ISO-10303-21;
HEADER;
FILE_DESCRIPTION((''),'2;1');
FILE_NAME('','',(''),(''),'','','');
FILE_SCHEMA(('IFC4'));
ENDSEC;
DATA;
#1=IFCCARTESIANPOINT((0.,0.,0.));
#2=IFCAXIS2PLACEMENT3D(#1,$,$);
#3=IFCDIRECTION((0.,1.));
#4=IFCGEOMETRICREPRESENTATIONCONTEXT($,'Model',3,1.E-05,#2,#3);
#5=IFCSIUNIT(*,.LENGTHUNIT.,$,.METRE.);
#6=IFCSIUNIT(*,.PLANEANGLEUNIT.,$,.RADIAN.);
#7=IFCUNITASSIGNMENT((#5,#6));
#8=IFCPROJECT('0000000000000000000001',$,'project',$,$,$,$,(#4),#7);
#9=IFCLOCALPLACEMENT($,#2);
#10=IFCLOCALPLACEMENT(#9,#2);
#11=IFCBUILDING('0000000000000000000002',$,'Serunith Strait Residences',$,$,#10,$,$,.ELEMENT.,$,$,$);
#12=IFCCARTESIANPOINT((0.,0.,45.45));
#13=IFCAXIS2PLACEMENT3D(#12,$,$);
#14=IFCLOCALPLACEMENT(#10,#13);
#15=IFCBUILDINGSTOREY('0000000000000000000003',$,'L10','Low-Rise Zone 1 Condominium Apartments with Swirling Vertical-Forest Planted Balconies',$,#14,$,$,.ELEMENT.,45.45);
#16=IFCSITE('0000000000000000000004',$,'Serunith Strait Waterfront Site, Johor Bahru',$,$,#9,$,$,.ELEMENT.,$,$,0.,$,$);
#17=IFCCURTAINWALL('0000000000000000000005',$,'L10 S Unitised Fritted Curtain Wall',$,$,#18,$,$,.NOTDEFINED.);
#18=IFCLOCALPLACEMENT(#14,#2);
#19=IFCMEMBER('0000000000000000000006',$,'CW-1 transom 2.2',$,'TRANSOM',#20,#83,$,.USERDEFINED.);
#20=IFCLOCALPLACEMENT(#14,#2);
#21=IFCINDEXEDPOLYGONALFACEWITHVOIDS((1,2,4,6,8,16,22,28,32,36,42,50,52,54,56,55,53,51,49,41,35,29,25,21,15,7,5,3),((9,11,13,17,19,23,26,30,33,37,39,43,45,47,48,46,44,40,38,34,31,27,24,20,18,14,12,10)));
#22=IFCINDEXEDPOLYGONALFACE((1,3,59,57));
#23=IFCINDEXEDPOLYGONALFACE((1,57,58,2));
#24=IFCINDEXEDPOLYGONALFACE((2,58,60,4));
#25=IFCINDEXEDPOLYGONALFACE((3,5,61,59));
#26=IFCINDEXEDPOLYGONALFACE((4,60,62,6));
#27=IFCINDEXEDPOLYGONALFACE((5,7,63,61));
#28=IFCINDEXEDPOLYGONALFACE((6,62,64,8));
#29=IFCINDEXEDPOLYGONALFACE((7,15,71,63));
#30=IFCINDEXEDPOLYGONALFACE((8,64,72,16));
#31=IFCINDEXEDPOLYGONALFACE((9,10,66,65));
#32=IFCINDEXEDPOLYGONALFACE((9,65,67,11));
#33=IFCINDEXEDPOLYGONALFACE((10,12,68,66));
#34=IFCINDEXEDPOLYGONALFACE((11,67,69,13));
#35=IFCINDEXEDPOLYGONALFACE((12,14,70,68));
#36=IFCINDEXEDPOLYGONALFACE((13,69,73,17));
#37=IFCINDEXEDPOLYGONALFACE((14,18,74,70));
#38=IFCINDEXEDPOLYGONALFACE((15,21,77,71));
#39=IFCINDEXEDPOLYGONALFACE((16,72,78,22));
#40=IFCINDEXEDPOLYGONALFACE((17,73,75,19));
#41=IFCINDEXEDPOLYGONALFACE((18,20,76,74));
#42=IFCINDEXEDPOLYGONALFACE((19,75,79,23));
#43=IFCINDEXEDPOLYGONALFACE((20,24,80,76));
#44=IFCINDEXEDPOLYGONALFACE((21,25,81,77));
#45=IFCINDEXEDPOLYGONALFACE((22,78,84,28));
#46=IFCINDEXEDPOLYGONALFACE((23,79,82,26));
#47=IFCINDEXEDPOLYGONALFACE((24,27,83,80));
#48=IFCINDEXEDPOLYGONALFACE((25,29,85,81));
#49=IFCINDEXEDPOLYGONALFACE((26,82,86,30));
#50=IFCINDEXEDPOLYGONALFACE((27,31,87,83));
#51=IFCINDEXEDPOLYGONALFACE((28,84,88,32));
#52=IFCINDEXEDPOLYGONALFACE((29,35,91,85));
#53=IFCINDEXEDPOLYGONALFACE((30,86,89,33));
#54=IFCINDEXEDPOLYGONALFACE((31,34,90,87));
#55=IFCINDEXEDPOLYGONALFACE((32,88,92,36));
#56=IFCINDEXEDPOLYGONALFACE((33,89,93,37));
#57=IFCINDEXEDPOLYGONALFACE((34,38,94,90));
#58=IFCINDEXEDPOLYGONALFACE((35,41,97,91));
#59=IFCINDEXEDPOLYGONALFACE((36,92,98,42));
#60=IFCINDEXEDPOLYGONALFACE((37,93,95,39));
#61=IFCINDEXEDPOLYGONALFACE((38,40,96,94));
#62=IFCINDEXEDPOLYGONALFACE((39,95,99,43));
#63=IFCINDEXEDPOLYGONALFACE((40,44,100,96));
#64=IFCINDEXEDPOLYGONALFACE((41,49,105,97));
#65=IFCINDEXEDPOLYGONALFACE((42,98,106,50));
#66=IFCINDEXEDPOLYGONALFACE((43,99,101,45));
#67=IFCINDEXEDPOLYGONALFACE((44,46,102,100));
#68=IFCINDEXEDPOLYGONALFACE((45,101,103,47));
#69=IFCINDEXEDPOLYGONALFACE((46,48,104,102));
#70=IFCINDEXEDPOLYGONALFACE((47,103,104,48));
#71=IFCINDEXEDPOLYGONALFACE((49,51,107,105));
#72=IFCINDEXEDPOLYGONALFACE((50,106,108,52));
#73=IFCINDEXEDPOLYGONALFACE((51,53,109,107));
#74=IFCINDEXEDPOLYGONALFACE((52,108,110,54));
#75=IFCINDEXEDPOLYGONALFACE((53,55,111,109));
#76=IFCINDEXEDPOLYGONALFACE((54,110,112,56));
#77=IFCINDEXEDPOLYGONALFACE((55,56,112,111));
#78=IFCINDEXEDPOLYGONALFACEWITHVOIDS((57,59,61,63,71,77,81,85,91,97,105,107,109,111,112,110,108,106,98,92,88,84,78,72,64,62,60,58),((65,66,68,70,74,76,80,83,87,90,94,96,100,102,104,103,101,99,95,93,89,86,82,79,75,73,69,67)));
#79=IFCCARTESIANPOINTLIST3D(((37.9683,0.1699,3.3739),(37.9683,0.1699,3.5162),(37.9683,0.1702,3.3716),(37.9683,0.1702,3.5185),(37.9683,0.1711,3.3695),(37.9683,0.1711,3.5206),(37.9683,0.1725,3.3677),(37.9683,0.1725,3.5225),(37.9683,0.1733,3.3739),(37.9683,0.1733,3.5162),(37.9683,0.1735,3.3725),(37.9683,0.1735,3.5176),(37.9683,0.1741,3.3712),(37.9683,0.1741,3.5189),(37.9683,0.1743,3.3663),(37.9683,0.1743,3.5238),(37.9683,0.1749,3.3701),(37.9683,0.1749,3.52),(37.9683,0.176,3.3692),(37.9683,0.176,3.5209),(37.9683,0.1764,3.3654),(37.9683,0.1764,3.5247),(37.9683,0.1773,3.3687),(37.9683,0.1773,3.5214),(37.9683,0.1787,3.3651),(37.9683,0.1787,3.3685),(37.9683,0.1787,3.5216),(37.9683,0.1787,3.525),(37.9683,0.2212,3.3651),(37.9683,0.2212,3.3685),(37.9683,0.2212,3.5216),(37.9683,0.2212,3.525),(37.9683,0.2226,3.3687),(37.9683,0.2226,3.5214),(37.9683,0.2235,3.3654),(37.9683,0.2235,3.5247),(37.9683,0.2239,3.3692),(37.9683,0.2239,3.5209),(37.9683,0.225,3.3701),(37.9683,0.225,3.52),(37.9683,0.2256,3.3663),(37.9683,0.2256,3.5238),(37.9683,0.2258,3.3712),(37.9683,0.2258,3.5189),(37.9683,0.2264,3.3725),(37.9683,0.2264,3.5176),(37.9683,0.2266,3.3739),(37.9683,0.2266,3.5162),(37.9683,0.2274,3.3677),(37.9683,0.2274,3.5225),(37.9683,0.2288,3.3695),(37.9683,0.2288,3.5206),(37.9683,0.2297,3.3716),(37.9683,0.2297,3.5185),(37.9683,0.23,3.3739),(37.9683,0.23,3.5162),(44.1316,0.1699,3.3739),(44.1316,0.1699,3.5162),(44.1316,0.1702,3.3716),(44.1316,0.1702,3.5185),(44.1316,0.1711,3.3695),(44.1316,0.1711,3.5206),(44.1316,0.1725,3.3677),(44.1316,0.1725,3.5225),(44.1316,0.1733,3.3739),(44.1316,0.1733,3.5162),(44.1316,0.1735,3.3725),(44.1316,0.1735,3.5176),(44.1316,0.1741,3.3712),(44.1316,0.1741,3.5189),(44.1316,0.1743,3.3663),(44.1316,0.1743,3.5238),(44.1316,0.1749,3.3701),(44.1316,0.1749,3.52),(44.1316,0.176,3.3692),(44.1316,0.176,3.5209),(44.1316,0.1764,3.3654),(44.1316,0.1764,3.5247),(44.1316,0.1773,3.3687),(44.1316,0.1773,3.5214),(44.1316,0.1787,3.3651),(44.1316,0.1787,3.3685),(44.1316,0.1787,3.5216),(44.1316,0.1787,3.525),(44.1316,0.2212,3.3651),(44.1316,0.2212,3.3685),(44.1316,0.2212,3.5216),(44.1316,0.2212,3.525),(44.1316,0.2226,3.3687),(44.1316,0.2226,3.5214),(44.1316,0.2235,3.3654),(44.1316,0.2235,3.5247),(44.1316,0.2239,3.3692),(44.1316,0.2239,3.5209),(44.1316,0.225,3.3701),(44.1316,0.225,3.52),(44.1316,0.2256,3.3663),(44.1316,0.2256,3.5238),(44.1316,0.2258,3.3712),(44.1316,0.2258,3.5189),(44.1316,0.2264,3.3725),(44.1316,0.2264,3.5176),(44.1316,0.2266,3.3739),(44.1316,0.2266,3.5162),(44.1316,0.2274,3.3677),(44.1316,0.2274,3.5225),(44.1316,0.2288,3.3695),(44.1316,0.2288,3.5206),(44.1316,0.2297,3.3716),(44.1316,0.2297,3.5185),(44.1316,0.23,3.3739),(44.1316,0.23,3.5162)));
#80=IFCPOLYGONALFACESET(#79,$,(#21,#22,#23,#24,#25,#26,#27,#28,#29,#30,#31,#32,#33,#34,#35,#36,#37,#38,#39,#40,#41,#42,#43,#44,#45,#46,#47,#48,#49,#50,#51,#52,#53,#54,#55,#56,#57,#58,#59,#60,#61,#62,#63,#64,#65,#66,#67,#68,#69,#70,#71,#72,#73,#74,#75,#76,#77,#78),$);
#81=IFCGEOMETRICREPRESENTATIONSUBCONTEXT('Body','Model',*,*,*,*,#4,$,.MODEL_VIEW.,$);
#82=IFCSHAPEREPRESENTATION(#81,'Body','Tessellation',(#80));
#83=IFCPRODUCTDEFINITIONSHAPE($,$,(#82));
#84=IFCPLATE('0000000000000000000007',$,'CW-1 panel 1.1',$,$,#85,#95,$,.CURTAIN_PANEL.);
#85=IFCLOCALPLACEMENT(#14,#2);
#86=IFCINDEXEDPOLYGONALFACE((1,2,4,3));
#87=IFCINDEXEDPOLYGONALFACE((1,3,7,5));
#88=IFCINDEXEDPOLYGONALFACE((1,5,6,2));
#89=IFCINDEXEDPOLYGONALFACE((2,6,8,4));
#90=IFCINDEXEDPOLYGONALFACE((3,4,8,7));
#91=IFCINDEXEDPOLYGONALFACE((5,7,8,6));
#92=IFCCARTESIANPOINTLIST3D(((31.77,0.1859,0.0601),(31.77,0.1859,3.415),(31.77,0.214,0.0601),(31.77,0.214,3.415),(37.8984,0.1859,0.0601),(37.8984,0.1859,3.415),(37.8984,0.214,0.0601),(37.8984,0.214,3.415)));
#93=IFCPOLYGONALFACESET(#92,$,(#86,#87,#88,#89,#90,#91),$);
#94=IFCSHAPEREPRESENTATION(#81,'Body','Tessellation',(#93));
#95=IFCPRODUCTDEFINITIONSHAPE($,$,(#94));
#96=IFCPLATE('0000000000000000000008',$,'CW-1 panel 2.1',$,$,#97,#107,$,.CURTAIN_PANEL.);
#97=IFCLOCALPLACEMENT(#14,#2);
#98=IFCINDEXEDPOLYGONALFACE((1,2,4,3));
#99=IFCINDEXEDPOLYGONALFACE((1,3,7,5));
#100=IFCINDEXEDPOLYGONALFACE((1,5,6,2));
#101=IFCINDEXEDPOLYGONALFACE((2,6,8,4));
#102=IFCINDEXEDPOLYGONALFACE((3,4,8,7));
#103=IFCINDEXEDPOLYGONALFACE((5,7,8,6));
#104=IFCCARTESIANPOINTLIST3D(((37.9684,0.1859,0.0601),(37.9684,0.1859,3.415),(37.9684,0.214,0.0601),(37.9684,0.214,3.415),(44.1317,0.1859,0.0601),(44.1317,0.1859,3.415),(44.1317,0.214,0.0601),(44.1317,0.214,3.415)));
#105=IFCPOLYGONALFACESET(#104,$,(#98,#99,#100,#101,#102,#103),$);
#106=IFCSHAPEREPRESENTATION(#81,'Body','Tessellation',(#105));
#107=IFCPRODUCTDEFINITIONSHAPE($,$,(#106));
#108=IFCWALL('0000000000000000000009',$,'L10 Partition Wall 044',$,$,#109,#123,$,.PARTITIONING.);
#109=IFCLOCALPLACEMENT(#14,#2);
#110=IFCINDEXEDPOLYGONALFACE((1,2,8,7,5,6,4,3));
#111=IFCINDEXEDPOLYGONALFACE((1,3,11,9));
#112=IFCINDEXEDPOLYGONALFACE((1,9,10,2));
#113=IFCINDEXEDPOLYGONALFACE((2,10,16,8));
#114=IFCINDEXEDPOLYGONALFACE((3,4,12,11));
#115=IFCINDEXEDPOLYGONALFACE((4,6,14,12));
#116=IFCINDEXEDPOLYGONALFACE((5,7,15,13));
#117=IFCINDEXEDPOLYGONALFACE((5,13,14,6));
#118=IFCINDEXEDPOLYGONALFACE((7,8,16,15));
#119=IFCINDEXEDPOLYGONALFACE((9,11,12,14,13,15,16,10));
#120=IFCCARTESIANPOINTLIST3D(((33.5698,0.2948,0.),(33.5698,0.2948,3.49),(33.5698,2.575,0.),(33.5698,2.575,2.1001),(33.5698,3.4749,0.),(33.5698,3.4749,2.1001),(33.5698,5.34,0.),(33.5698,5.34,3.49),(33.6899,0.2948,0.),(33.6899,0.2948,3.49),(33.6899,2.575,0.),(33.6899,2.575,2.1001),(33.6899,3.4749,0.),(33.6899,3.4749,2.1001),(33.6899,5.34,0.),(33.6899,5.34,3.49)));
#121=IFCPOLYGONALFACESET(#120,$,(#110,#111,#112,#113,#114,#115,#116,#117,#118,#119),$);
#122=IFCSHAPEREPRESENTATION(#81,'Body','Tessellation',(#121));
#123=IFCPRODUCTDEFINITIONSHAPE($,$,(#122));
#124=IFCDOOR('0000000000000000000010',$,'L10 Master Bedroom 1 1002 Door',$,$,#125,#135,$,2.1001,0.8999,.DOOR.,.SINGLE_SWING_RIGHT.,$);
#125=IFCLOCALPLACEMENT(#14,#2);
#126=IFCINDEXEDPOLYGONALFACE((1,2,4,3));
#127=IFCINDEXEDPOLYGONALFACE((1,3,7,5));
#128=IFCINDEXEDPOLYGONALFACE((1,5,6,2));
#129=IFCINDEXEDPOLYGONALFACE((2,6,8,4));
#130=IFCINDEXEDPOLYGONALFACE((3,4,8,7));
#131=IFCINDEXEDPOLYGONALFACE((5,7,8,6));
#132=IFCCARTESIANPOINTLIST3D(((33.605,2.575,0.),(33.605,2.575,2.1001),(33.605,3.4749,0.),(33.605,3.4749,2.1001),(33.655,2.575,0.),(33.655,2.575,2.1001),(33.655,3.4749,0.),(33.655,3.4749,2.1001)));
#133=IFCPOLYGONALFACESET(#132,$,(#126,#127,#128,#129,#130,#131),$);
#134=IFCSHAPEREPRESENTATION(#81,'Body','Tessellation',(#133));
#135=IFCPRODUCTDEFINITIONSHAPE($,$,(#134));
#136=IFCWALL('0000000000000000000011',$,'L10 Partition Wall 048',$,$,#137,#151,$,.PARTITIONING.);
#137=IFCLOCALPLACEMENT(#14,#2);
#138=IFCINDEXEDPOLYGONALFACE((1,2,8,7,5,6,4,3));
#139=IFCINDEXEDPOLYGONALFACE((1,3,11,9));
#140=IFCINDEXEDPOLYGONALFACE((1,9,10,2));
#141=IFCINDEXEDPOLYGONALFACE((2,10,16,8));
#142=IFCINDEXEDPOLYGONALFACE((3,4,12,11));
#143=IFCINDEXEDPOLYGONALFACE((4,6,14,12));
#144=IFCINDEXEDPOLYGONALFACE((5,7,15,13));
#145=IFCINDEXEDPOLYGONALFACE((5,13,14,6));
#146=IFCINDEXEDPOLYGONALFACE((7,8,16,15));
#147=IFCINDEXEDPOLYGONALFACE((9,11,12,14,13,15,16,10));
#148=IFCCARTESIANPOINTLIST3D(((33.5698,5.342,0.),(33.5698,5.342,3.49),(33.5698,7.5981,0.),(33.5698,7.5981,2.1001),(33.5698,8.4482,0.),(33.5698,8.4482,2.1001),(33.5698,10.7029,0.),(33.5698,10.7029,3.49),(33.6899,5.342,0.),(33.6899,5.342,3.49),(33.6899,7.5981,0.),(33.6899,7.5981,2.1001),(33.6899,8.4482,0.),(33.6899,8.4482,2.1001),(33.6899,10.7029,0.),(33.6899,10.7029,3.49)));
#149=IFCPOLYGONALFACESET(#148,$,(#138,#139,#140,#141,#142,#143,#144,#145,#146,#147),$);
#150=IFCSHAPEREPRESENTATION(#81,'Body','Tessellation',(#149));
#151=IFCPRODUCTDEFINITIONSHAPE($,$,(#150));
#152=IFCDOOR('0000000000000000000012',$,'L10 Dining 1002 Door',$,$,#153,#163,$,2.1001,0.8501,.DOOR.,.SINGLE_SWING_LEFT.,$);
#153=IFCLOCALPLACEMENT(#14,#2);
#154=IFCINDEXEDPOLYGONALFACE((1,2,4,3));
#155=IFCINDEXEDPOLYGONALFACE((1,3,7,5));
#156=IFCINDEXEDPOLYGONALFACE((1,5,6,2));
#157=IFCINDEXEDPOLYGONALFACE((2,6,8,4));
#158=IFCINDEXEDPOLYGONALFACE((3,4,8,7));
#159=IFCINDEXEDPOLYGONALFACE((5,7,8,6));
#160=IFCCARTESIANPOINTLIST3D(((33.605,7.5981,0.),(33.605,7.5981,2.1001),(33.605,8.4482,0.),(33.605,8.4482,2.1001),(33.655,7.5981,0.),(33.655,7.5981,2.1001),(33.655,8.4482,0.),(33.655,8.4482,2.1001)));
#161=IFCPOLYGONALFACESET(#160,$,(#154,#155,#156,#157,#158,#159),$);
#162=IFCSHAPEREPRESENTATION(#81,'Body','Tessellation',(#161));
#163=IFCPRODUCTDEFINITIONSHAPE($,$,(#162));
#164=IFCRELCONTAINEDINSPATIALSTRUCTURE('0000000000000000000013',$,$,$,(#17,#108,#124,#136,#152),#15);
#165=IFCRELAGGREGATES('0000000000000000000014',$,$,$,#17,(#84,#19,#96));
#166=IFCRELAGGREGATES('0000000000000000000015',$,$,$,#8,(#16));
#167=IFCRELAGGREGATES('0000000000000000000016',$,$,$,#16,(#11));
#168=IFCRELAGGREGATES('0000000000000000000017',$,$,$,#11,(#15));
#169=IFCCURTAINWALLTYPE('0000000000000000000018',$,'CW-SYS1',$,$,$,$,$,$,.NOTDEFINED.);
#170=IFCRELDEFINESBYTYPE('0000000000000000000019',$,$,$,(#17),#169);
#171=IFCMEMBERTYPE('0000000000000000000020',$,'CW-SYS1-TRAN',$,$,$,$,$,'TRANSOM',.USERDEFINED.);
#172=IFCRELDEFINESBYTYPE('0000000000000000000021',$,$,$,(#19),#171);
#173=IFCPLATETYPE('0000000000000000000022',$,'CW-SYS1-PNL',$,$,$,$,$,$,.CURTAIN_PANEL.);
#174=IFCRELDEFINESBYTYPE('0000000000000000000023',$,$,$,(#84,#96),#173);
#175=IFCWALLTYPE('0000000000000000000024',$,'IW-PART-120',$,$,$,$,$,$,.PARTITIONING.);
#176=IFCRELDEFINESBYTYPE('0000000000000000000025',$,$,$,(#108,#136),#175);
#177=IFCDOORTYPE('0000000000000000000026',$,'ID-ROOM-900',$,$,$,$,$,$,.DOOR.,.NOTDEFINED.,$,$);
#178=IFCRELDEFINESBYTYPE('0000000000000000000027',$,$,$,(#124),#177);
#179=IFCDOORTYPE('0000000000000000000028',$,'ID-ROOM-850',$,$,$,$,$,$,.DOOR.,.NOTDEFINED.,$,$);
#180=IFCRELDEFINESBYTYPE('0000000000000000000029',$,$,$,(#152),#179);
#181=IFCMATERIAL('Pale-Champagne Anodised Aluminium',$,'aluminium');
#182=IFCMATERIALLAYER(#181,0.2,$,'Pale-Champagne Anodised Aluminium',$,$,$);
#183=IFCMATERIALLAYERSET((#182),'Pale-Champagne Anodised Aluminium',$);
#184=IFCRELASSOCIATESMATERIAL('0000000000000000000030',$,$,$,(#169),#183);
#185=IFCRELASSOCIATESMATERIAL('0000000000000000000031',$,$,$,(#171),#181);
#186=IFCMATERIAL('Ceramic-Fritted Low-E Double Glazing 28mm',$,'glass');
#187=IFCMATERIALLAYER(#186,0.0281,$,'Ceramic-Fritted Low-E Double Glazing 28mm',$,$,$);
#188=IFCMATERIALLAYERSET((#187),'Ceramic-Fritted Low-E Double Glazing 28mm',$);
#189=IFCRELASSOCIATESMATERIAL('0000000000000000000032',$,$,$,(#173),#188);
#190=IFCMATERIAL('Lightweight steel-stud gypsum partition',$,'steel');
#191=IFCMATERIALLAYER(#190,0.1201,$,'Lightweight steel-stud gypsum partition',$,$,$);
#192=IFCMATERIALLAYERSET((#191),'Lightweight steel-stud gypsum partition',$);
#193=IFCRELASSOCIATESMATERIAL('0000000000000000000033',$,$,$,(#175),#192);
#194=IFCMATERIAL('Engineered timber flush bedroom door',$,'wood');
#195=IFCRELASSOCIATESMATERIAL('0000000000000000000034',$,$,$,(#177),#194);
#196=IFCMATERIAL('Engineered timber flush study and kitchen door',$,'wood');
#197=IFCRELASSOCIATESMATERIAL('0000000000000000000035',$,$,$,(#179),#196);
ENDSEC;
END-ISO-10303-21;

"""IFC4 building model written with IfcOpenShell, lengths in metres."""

from ifc_helpers import new_model, si_unit, direction, frame, frame_2d, origin, origin_2d, place, context, subcontext, project, spatial, rectangle, hollow_rectangle, extrude, source, transform, mapped, material, layer, layer_set, material_profile, profile_set, type_object, element, fill, aggregate, save


model = new_model("IFC4")

# Units and contexts
model_context = context("Model", 3, precision=1e-05, world=origin(), true_north=direction((0.0, 1.0)))
body_context = subcontext(model_context, "Body", "Model", "MODEL_VIEW")
ifc_project = project(units=[si_unit("LENGTHUNIT", "METRE"), si_unit("PLANEANGLEUNIT", "RADIAN")], contexts=[model_context])

# Site, building, storey
site_placement = place(None, origin())
site = spatial("IfcSite", under=ifc_project, at=site_placement, Name="Serunith Strait Waterfront Site, Johor Bahru", CompositionType="ELEMENT", RefElevation=0.0)
building_placement = place(site_placement, origin())
building = spatial("IfcBuilding", under=site, at=building_placement, Name="Serunith Strait Residences", CompositionType="ELEMENT")
storey_placement = place(building_placement, frame((0.0, 0.0, 45.45)))
storey = spatial("IfcBuildingStorey", under=building, at=storey_placement, Name="L10", Description="Low-Rise Zone 1 Condominium Apartments with Swirling Vertical-Forest Planted Balconies", CompositionType="ELEMENT", Elevation=45.45)

# Curtain wall, member, plates
ifc_material_1 = material(Name="Pale-Champagne Anodised Aluminium", Category="aluminium")
ifc_layer_1 = layer(ifc_material_1, 0.2, Name="Pale-Champagne Anodised Aluminium")
ifc_layer_set_1 = layer_set([ifc_layer_1], Name="Pale-Champagne Anodised Aluminium")
curtain_wall_type = type_object("IfcCurtainWallType", Name="CW-SYS1", PredefinedType="NOTDEFINED", material=ifc_layer_set_1)
curtain_wall_placement = place(storey_placement, origin())
curtain_wall = element("IfcCurtainWall", 1, at=curtain_wall_placement, inside=storey, type_object=curtain_wall_type, Name="L10 S Unitised Fritted Curtain Wall", PredefinedType="NOTDEFINED")
ifc_material_profile_1 = material_profile(ifc_material_1, hollow_rectangle(XDim=0.0601, YDim=0.1599, WallThickness=0.0034, InnerFilletRadius=0.0054, OuterFilletRadius=0.0088, at=origin_2d()), Name="ALU 160x60x3.5")
ifc_profile_set_1 = profile_set([ifc_material_profile_1], Name="Pale-Champagne Anodised Aluminium")
member_type_1 = type_object("IfcMemberType", Name="CW-SYS1-TRAN", ElementType="TRANSOM", PredefinedType="USERDEFINED", material=ifc_profile_set_1)
shared_shape_1 = source(origin(), body_context, "Body", "SweptSolid", [
    extrude(hollow_rectangle(XDim=0.0601, YDim=0.1599, WallThickness=0.0034, InnerFilletRadius=0.0054, OuterFilletRadius=0.0088, at=origin_2d()), origin(), (0.0, 0.0, 1.0), 6.1633),
])
member_1_placement = place(storey_placement, frame((37.9683, 0.2, 3.4451), z_axis=(1.0, 0.0, 0.0), x_axis=(0.0, 1.0, 0.0)))
member_1 = element("IfcMember", 2, at=member_1_placement, type_object=member_type_1, Name="CW-1 transom 2.2", ObjectType="TRANSOM", PredefinedType="USERDEFINED", context=body_context, shape_type="MappedRepresentation", body=[
    mapped(shared_shape_1, transform((0.0, 0.0, 0.0), scale=1.0)),
])
ifc_material_2 = material(Name="Ceramic-Fritted Low-E Double Glazing 28mm", Category="glass")
ifc_layer_2 = layer(ifc_material_2, 0.0281, Name="Ceramic-Fritted Low-E Double Glazing 28mm")
ifc_layer_set_2 = layer_set([ifc_layer_2], Name="Ceramic-Fritted Low-E Double Glazing 28mm")
plate_type = type_object("IfcPlateType", Name="CW-SYS1-PNL", PredefinedType="CURTAIN_PANEL", material=ifc_layer_set_2)
shared_shape_2 = source(origin(), body_context, "Body", "SweptSolid", [
    extrude(rectangle(XDim=6.1284, YDim=0.0281, at=origin_2d()), origin(), (0.0, 0.0, 1.0), 3.355),
])
plate_1_placement = place(storey_placement, frame((34.8342, 0.2, 0.0601), z_axis=(0.0, 0.0, 1.0), x_axis=(1.0, 0.0, 0.0)))
plate_1 = element("IfcPlate", 3, at=plate_1_placement, type_object=plate_type, Name="CW-1 panel 1.1", PredefinedType="CURTAIN_PANEL", context=body_context, shape_type="MappedRepresentation", body=[
    mapped(shared_shape_2, transform((0.0, 0.0, 0.0), scale=1.0)),
])
shared_shape_3 = source(origin(), body_context, "Body", "SweptSolid", [
    extrude(rectangle(XDim=6.1633, YDim=0.0281, at=origin_2d()), origin(), (0.0, 0.0, 1.0), 3.355),
])
plate_2_placement = place(storey_placement, frame((41.05, 0.2, 0.0601), z_axis=(0.0, 0.0, 1.0), x_axis=(1.0, 0.0, 0.0)))
plate_2 = element("IfcPlate", 4, at=plate_2_placement, type_object=plate_type, Name="CW-1 panel 2.1", PredefinedType="CURTAIN_PANEL", context=body_context, shape_type="MappedRepresentation", body=[
    mapped(shared_shape_3, transform((0.0, 0.0, 0.0), scale=1.0)),
])
aggregate(curtain_wall, [plate_1, member_1, plate_2])

# Walls, openings, doors
ifc_material_3 = material(Name="Lightweight steel-stud gypsum partition", Category="steel")
ifc_layer_3 = layer(ifc_material_3, 0.1201, Name="Lightweight steel-stud gypsum partition")
ifc_layer_set_3 = layer_set([ifc_layer_3], Name="Lightweight steel-stud gypsum partition")
wall_type_1 = type_object("IfcWallType", Name="IW-PART-120", PredefinedType="PARTITIONING", material=ifc_layer_set_3)
wall_1_placement = place(storey_placement, frame((33.6299, 0.2949, 0.0), z_axis=(0.0, 0.0, 1.0), x_axis=(0.0, 1.0, 0.0)))
wall_1 = element("IfcWall", 5, at=wall_1_placement, inside=storey, type_object=wall_type_1, Name="L10 Partition Wall 044", PredefinedType="PARTITIONING", context=body_context, shape_type="SweptSolid", body=[
    extrude(rectangle(XDim=5.0452, YDim=0.1201, at=frame_2d((2.5225, 0.0))), origin(), (0.0, 0.0, 1.0), 3.49),
])
opening_1_placement = place(wall_1_placement, frame((2.28, 0.0, 0.0)))
opening_1 = element("IfcOpeningElement", 6, at=opening_1_placement, cuts=wall_1, PredefinedType="OPENING", context=body_context, shape_type="SweptSolid", body=[
    extrude(rectangle(XDim=0.8999, YDim=2.1001, at=frame_2d((0.45, 1.05))), frame((0.0, 0.0701, 0.0), z_axis=(0.0, -1.0, 0.0), x_axis=(1.0, 0.0, 0.0)), (0.0, 0.0, 1.0), 0.1401),
])
ifc_material_4 = material(Name="Engineered timber flush bedroom door", Category="wood")
door_type_1 = type_object("IfcDoorType", Name="ID-ROOM-900", OperationType="NOTDEFINED", PredefinedType="DOOR", material=ifc_material_4)
shared_shape_4 = source(origin(), body_context, "Body", "SweptSolid", [
    extrude(rectangle(XDim=0.8999, YDim=2.1001, at=frame_2d((0.45, 1.05))), frame((0.0, 0.0249, 0.0), z_axis=(0.0, -1.0, 0.0), x_axis=(1.0, 0.0, 0.0)), (0.0, 0.0, 1.0), 0.05),
])
door_1_placement = place(opening_1_placement, origin())
door_1 = element("IfcDoor", 7, at=door_1_placement, inside=storey, type_object=door_type_1, Name="L10 Master Bedroom 1 1002 Door", OperationType="SINGLE_SWING_RIGHT", OverallHeight=2.1001, OverallWidth=0.8999, PredefinedType="DOOR", context=body_context, shape_type="MappedRepresentation", body=[
    mapped(shared_shape_4, transform((0.0, 0.0, 0.0), scale=1.0)),
])
fill(opening_1, door_1)
wall_2_placement = place(storey_placement, frame((33.6299, 5.342, 0.0), z_axis=(0.0, 0.0, 1.0), x_axis=(0.0, 1.0, 0.0)))
wall_2 = element("IfcWall", 8, at=wall_2_placement, inside=storey, type_object=wall_type_1, Name="L10 Partition Wall 048", PredefinedType="PARTITIONING", context=body_context, shape_type="SweptSolid", body=[
    extrude(rectangle(XDim=5.3608, YDim=0.1201, at=frame_2d((2.6804, 0.0))), origin(), (0.0, 0.0, 1.0), 3.49),
])
opening_2_placement = place(wall_2_placement, frame((2.2561, 0.0, 0.0)))
opening_2 = element("IfcOpeningElement", 9, at=opening_2_placement, cuts=wall_2, PredefinedType="OPENING", context=body_context, shape_type="SweptSolid", body=[
    extrude(rectangle(XDim=0.8501, YDim=2.1001, at=frame_2d((0.425, 1.05))), frame((0.0, 0.0701, 0.0), z_axis=(0.0, -1.0, 0.0), x_axis=(1.0, 0.0, 0.0)), (0.0, 0.0, 1.0), 0.1401),
])
ifc_material_5 = material(Name="Engineered timber flush study and kitchen door", Category="wood")
door_type_2 = type_object("IfcDoorType", Name="ID-ROOM-850", OperationType="NOTDEFINED", PredefinedType="DOOR", material=ifc_material_5)
shared_shape_5 = source(origin(), body_context, "Body", "SweptSolid", [
    extrude(rectangle(XDim=0.8501, YDim=2.1001, at=frame_2d((0.425, 1.05))), frame((0.0, 0.0249, 0.0), z_axis=(0.0, -1.0, 0.0), x_axis=(1.0, 0.0, 0.0)), (0.0, 0.0, 1.0), 0.05),
])
door_2_placement = place(opening_2_placement, origin())
door_2 = element("IfcDoor", 10, at=door_2_placement, inside=storey, type_object=door_type_2, Name="L10 Dining 1002 Door", OperationType="SINGLE_SWING_LEFT", OverallHeight=2.1001, OverallWidth=0.8501, PredefinedType="DOOR", context=body_context, shape_type="MappedRepresentation", body=[
    mapped(shared_shape_5, transform((0.0, 0.0, 0.0), scale=1.0)),
])
fill(opening_2, door_2)

save(model, "model.ifc")
